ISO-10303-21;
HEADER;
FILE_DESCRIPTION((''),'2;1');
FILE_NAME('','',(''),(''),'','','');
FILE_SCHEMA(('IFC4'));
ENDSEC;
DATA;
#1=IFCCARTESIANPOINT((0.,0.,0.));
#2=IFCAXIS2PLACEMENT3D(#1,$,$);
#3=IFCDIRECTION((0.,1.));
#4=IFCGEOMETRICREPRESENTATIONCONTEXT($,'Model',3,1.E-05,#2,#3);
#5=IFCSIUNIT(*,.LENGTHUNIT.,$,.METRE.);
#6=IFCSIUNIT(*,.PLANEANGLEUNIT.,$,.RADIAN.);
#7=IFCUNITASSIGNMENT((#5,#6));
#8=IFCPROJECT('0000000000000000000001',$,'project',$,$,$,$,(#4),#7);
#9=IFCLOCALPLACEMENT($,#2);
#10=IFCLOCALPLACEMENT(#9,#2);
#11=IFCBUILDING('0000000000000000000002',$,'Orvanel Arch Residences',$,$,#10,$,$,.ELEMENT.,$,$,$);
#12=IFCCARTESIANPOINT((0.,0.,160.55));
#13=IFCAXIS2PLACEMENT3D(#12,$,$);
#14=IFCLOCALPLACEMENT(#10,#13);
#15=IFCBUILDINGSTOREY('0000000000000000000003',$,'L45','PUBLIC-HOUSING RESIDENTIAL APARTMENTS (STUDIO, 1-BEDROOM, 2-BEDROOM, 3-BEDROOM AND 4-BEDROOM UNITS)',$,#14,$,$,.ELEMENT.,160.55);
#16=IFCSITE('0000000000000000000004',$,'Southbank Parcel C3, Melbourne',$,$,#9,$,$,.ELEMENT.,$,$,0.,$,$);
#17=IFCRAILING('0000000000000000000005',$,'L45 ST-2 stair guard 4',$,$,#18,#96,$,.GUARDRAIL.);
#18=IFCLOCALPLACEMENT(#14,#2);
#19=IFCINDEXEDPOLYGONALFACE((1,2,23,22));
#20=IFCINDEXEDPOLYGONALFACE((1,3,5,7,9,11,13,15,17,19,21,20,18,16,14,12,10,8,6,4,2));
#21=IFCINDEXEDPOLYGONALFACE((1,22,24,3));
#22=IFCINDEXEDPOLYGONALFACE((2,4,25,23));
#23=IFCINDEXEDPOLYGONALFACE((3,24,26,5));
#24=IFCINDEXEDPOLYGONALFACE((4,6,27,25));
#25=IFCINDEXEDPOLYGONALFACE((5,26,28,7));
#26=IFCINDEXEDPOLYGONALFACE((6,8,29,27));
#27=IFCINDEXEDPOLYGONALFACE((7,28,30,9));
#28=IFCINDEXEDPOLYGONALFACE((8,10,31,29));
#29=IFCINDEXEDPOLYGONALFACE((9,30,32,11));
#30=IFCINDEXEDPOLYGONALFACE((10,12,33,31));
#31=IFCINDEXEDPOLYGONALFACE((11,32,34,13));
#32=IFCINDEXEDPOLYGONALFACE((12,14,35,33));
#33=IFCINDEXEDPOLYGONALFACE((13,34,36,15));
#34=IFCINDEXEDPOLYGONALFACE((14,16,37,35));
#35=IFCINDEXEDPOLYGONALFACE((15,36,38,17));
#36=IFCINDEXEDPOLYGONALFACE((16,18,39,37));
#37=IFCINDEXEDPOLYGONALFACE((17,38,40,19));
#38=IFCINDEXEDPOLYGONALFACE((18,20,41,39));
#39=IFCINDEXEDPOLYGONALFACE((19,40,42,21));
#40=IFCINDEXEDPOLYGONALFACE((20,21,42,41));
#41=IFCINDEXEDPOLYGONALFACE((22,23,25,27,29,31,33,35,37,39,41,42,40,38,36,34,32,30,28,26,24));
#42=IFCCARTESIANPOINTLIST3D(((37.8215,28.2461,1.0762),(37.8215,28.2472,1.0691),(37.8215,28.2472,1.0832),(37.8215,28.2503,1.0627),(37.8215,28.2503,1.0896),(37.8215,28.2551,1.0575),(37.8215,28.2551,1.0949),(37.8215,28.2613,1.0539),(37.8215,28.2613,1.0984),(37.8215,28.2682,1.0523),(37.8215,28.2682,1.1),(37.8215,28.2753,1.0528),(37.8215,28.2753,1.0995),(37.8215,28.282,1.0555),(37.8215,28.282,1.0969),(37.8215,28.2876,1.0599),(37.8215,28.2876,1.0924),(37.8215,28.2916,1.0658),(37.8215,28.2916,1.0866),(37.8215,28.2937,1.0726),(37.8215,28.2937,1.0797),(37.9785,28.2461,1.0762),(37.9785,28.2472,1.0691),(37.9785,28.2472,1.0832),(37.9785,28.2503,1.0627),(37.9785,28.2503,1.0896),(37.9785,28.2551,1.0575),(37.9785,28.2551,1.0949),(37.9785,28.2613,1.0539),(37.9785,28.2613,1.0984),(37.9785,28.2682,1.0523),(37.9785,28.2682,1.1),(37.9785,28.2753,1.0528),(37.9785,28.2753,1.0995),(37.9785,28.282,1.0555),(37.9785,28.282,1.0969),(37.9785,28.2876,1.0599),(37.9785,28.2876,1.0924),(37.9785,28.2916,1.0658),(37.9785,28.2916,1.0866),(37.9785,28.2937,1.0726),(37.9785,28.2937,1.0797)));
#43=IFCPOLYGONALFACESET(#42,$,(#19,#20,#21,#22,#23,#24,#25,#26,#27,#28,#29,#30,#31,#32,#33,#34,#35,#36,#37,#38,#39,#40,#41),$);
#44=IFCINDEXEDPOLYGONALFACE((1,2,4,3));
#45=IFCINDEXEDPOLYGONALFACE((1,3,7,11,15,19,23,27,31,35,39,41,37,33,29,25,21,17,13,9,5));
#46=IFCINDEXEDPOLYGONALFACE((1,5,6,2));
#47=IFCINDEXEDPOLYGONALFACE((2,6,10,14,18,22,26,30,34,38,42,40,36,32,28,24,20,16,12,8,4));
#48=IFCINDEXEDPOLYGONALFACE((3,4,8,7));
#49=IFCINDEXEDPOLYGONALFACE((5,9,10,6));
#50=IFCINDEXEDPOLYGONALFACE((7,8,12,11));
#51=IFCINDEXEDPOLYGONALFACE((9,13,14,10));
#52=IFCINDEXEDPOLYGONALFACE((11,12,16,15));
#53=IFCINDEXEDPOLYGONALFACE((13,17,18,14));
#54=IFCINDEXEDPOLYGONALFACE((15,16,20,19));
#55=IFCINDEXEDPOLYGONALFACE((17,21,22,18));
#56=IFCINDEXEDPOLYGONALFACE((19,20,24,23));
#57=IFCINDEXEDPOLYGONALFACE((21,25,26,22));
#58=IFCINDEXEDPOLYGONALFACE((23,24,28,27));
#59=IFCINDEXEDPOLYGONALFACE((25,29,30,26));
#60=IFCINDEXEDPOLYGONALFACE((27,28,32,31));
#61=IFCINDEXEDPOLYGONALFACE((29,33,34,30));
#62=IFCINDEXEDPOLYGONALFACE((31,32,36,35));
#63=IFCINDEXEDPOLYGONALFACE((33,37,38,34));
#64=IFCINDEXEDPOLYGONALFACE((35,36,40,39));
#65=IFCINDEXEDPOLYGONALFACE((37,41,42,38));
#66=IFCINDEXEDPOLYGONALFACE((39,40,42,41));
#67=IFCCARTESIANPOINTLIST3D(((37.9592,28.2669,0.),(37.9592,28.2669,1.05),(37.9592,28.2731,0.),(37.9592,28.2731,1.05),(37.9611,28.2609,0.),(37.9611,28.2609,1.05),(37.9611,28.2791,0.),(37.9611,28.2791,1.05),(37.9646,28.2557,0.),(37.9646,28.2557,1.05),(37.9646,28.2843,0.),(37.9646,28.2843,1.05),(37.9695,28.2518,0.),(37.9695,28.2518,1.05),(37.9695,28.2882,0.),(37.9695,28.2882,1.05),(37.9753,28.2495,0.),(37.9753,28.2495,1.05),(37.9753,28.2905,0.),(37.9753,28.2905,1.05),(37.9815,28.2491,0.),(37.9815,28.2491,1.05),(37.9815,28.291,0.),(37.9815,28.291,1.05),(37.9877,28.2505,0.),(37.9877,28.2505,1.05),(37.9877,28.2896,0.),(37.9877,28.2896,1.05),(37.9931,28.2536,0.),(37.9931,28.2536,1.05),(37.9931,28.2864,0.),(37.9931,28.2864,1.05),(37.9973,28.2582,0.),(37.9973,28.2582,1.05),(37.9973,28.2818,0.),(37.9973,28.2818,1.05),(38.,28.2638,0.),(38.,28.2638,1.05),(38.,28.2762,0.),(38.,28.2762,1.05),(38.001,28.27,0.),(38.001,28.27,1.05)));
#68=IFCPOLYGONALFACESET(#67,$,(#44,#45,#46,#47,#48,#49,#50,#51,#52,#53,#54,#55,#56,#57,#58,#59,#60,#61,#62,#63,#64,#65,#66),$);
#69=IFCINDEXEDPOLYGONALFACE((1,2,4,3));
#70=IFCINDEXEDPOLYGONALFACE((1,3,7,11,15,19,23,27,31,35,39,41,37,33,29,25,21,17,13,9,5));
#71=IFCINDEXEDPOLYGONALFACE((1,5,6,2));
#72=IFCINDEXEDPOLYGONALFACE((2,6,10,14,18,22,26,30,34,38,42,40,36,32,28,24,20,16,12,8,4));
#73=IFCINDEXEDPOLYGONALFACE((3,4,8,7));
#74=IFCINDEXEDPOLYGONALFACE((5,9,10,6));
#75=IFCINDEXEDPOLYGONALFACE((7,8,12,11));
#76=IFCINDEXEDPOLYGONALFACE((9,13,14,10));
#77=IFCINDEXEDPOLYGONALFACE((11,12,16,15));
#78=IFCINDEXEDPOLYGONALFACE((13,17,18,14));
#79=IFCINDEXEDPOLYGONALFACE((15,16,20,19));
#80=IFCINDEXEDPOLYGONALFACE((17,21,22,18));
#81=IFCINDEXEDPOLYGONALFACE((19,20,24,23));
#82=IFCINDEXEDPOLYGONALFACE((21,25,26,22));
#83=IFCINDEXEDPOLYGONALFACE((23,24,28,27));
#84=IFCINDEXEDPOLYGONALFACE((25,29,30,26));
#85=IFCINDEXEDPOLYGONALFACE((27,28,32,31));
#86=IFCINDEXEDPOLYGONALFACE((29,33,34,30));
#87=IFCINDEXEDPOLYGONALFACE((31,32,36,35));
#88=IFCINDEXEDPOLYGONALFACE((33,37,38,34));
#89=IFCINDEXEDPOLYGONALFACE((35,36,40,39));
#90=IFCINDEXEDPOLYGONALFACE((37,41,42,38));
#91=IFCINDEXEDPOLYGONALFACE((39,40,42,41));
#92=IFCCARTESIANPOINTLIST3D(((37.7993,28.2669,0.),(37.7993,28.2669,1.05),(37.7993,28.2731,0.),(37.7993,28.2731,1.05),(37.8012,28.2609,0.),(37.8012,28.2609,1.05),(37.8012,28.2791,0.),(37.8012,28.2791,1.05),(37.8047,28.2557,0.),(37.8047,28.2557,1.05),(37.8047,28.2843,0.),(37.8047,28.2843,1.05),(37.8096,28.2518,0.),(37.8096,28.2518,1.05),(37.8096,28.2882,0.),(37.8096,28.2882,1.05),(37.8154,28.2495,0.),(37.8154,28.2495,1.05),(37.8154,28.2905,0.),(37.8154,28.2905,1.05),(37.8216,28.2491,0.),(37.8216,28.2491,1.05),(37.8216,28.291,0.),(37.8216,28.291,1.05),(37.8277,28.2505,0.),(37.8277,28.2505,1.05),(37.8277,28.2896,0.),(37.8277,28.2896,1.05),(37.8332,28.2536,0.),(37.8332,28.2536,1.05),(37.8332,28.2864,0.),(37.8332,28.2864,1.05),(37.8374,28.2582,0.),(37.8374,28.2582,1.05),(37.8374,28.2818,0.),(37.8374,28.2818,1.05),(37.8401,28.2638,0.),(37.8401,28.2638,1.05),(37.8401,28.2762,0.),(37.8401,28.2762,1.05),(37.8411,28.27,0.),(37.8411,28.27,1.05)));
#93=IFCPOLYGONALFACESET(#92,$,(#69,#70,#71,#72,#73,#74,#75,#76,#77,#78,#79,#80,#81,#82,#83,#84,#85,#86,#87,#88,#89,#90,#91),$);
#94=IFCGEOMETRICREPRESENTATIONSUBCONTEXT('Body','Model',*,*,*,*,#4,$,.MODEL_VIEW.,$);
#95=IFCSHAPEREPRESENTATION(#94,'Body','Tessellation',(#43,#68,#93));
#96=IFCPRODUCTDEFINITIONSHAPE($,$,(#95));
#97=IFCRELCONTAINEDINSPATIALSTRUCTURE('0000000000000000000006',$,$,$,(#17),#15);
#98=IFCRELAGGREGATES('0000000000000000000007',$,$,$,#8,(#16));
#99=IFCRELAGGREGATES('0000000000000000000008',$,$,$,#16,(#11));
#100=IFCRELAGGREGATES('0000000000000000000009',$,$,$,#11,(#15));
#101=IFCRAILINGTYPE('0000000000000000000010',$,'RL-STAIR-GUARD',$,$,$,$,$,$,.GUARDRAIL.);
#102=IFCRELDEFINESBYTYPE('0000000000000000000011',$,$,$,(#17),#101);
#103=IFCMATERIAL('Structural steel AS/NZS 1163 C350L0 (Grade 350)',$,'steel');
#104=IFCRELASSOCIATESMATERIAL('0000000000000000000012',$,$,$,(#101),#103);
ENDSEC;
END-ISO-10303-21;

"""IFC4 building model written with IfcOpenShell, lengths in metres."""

from ifc_helpers import new_model, si_unit, direction, frame, origin, origin_2d, place, context, subcontext, project, spatial, circle, extrude, material, type_object, element, save


model = new_model("IFC4")

# Units and contexts
model_context = context("Model", 3, precision=1e-05, world=origin(), true_north=direction((0.0, 1.0)))
body_context = subcontext(model_context, "Body", "Model", "MODEL_VIEW")
ifc_project = project(units=[si_unit("LENGTHUNIT", "METRE"), si_unit("PLANEANGLEUNIT", "RADIAN")], contexts=[model_context])

# Site, building, storey
site_placement = place(None, origin())
site = spatial("IfcSite", under=ifc_project, at=site_placement, Name="Southbank Parcel C3, Melbourne", CompositionType="ELEMENT", RefElevation=0.0)
building_placement = place(site_placement, origin())
building = spatial("IfcBuilding", under=site, at=building_placement, Name="Orvanel Arch Residences", CompositionType="ELEMENT")
storey_placement = place(building_placement, frame((0.0, 0.0, 160.55)))
storey = spatial("IfcBuildingStorey", under=building, at=storey_placement, Name="L45", Description="PUBLIC-HOUSING RESIDENTIAL APARTMENTS (STUDIO, 1-BEDROOM, 2-BEDROOM, 3-BEDROOM AND 4-BEDROOM UNITS)", CompositionType="ELEMENT", Elevation=160.55)

# Railing
ifc_material_1 = material(Name="Structural steel AS/NZS 1163 C350L0 (Grade 350)", Category="steel")
railing_type_1 = type_object("IfcRailingType", Name="RL-STAIR-GUARD", PredefinedType="GUARDRAIL", material=ifc_material_1)
railing_1_placement = place(storey_placement, frame((37.98, 28.27, 0.0)))
element("IfcRailing", 1, at=railing_1_placement, inside=storey, type_object=railing_type_1, Name="L45 ST-2 stair guard 4", PredefinedType="GUARDRAIL", context=body_context, shape_type="SweptSolid", body=[
    extrude(circle(Radius=0.0239, at=origin_2d()), frame((-0.0015, 0.0, 1.0762), z_axis=(-1.0, 0.0, 0.0), x_axis=(0.0, -1.0, 0.0)), (0.0, 0.0, 1.0), 0.157),
    extrude(circle(Radius=0.021, at=origin_2d()), origin(), (0.0, 0.0, 1.0), 1.05),
    extrude(circle(Radius=0.021, at=origin_2d()), frame((-0.1599, 0.0, 0.0)), (0.0, 0.0, 1.0), 1.05),
])

save(model, "model.ifc")
